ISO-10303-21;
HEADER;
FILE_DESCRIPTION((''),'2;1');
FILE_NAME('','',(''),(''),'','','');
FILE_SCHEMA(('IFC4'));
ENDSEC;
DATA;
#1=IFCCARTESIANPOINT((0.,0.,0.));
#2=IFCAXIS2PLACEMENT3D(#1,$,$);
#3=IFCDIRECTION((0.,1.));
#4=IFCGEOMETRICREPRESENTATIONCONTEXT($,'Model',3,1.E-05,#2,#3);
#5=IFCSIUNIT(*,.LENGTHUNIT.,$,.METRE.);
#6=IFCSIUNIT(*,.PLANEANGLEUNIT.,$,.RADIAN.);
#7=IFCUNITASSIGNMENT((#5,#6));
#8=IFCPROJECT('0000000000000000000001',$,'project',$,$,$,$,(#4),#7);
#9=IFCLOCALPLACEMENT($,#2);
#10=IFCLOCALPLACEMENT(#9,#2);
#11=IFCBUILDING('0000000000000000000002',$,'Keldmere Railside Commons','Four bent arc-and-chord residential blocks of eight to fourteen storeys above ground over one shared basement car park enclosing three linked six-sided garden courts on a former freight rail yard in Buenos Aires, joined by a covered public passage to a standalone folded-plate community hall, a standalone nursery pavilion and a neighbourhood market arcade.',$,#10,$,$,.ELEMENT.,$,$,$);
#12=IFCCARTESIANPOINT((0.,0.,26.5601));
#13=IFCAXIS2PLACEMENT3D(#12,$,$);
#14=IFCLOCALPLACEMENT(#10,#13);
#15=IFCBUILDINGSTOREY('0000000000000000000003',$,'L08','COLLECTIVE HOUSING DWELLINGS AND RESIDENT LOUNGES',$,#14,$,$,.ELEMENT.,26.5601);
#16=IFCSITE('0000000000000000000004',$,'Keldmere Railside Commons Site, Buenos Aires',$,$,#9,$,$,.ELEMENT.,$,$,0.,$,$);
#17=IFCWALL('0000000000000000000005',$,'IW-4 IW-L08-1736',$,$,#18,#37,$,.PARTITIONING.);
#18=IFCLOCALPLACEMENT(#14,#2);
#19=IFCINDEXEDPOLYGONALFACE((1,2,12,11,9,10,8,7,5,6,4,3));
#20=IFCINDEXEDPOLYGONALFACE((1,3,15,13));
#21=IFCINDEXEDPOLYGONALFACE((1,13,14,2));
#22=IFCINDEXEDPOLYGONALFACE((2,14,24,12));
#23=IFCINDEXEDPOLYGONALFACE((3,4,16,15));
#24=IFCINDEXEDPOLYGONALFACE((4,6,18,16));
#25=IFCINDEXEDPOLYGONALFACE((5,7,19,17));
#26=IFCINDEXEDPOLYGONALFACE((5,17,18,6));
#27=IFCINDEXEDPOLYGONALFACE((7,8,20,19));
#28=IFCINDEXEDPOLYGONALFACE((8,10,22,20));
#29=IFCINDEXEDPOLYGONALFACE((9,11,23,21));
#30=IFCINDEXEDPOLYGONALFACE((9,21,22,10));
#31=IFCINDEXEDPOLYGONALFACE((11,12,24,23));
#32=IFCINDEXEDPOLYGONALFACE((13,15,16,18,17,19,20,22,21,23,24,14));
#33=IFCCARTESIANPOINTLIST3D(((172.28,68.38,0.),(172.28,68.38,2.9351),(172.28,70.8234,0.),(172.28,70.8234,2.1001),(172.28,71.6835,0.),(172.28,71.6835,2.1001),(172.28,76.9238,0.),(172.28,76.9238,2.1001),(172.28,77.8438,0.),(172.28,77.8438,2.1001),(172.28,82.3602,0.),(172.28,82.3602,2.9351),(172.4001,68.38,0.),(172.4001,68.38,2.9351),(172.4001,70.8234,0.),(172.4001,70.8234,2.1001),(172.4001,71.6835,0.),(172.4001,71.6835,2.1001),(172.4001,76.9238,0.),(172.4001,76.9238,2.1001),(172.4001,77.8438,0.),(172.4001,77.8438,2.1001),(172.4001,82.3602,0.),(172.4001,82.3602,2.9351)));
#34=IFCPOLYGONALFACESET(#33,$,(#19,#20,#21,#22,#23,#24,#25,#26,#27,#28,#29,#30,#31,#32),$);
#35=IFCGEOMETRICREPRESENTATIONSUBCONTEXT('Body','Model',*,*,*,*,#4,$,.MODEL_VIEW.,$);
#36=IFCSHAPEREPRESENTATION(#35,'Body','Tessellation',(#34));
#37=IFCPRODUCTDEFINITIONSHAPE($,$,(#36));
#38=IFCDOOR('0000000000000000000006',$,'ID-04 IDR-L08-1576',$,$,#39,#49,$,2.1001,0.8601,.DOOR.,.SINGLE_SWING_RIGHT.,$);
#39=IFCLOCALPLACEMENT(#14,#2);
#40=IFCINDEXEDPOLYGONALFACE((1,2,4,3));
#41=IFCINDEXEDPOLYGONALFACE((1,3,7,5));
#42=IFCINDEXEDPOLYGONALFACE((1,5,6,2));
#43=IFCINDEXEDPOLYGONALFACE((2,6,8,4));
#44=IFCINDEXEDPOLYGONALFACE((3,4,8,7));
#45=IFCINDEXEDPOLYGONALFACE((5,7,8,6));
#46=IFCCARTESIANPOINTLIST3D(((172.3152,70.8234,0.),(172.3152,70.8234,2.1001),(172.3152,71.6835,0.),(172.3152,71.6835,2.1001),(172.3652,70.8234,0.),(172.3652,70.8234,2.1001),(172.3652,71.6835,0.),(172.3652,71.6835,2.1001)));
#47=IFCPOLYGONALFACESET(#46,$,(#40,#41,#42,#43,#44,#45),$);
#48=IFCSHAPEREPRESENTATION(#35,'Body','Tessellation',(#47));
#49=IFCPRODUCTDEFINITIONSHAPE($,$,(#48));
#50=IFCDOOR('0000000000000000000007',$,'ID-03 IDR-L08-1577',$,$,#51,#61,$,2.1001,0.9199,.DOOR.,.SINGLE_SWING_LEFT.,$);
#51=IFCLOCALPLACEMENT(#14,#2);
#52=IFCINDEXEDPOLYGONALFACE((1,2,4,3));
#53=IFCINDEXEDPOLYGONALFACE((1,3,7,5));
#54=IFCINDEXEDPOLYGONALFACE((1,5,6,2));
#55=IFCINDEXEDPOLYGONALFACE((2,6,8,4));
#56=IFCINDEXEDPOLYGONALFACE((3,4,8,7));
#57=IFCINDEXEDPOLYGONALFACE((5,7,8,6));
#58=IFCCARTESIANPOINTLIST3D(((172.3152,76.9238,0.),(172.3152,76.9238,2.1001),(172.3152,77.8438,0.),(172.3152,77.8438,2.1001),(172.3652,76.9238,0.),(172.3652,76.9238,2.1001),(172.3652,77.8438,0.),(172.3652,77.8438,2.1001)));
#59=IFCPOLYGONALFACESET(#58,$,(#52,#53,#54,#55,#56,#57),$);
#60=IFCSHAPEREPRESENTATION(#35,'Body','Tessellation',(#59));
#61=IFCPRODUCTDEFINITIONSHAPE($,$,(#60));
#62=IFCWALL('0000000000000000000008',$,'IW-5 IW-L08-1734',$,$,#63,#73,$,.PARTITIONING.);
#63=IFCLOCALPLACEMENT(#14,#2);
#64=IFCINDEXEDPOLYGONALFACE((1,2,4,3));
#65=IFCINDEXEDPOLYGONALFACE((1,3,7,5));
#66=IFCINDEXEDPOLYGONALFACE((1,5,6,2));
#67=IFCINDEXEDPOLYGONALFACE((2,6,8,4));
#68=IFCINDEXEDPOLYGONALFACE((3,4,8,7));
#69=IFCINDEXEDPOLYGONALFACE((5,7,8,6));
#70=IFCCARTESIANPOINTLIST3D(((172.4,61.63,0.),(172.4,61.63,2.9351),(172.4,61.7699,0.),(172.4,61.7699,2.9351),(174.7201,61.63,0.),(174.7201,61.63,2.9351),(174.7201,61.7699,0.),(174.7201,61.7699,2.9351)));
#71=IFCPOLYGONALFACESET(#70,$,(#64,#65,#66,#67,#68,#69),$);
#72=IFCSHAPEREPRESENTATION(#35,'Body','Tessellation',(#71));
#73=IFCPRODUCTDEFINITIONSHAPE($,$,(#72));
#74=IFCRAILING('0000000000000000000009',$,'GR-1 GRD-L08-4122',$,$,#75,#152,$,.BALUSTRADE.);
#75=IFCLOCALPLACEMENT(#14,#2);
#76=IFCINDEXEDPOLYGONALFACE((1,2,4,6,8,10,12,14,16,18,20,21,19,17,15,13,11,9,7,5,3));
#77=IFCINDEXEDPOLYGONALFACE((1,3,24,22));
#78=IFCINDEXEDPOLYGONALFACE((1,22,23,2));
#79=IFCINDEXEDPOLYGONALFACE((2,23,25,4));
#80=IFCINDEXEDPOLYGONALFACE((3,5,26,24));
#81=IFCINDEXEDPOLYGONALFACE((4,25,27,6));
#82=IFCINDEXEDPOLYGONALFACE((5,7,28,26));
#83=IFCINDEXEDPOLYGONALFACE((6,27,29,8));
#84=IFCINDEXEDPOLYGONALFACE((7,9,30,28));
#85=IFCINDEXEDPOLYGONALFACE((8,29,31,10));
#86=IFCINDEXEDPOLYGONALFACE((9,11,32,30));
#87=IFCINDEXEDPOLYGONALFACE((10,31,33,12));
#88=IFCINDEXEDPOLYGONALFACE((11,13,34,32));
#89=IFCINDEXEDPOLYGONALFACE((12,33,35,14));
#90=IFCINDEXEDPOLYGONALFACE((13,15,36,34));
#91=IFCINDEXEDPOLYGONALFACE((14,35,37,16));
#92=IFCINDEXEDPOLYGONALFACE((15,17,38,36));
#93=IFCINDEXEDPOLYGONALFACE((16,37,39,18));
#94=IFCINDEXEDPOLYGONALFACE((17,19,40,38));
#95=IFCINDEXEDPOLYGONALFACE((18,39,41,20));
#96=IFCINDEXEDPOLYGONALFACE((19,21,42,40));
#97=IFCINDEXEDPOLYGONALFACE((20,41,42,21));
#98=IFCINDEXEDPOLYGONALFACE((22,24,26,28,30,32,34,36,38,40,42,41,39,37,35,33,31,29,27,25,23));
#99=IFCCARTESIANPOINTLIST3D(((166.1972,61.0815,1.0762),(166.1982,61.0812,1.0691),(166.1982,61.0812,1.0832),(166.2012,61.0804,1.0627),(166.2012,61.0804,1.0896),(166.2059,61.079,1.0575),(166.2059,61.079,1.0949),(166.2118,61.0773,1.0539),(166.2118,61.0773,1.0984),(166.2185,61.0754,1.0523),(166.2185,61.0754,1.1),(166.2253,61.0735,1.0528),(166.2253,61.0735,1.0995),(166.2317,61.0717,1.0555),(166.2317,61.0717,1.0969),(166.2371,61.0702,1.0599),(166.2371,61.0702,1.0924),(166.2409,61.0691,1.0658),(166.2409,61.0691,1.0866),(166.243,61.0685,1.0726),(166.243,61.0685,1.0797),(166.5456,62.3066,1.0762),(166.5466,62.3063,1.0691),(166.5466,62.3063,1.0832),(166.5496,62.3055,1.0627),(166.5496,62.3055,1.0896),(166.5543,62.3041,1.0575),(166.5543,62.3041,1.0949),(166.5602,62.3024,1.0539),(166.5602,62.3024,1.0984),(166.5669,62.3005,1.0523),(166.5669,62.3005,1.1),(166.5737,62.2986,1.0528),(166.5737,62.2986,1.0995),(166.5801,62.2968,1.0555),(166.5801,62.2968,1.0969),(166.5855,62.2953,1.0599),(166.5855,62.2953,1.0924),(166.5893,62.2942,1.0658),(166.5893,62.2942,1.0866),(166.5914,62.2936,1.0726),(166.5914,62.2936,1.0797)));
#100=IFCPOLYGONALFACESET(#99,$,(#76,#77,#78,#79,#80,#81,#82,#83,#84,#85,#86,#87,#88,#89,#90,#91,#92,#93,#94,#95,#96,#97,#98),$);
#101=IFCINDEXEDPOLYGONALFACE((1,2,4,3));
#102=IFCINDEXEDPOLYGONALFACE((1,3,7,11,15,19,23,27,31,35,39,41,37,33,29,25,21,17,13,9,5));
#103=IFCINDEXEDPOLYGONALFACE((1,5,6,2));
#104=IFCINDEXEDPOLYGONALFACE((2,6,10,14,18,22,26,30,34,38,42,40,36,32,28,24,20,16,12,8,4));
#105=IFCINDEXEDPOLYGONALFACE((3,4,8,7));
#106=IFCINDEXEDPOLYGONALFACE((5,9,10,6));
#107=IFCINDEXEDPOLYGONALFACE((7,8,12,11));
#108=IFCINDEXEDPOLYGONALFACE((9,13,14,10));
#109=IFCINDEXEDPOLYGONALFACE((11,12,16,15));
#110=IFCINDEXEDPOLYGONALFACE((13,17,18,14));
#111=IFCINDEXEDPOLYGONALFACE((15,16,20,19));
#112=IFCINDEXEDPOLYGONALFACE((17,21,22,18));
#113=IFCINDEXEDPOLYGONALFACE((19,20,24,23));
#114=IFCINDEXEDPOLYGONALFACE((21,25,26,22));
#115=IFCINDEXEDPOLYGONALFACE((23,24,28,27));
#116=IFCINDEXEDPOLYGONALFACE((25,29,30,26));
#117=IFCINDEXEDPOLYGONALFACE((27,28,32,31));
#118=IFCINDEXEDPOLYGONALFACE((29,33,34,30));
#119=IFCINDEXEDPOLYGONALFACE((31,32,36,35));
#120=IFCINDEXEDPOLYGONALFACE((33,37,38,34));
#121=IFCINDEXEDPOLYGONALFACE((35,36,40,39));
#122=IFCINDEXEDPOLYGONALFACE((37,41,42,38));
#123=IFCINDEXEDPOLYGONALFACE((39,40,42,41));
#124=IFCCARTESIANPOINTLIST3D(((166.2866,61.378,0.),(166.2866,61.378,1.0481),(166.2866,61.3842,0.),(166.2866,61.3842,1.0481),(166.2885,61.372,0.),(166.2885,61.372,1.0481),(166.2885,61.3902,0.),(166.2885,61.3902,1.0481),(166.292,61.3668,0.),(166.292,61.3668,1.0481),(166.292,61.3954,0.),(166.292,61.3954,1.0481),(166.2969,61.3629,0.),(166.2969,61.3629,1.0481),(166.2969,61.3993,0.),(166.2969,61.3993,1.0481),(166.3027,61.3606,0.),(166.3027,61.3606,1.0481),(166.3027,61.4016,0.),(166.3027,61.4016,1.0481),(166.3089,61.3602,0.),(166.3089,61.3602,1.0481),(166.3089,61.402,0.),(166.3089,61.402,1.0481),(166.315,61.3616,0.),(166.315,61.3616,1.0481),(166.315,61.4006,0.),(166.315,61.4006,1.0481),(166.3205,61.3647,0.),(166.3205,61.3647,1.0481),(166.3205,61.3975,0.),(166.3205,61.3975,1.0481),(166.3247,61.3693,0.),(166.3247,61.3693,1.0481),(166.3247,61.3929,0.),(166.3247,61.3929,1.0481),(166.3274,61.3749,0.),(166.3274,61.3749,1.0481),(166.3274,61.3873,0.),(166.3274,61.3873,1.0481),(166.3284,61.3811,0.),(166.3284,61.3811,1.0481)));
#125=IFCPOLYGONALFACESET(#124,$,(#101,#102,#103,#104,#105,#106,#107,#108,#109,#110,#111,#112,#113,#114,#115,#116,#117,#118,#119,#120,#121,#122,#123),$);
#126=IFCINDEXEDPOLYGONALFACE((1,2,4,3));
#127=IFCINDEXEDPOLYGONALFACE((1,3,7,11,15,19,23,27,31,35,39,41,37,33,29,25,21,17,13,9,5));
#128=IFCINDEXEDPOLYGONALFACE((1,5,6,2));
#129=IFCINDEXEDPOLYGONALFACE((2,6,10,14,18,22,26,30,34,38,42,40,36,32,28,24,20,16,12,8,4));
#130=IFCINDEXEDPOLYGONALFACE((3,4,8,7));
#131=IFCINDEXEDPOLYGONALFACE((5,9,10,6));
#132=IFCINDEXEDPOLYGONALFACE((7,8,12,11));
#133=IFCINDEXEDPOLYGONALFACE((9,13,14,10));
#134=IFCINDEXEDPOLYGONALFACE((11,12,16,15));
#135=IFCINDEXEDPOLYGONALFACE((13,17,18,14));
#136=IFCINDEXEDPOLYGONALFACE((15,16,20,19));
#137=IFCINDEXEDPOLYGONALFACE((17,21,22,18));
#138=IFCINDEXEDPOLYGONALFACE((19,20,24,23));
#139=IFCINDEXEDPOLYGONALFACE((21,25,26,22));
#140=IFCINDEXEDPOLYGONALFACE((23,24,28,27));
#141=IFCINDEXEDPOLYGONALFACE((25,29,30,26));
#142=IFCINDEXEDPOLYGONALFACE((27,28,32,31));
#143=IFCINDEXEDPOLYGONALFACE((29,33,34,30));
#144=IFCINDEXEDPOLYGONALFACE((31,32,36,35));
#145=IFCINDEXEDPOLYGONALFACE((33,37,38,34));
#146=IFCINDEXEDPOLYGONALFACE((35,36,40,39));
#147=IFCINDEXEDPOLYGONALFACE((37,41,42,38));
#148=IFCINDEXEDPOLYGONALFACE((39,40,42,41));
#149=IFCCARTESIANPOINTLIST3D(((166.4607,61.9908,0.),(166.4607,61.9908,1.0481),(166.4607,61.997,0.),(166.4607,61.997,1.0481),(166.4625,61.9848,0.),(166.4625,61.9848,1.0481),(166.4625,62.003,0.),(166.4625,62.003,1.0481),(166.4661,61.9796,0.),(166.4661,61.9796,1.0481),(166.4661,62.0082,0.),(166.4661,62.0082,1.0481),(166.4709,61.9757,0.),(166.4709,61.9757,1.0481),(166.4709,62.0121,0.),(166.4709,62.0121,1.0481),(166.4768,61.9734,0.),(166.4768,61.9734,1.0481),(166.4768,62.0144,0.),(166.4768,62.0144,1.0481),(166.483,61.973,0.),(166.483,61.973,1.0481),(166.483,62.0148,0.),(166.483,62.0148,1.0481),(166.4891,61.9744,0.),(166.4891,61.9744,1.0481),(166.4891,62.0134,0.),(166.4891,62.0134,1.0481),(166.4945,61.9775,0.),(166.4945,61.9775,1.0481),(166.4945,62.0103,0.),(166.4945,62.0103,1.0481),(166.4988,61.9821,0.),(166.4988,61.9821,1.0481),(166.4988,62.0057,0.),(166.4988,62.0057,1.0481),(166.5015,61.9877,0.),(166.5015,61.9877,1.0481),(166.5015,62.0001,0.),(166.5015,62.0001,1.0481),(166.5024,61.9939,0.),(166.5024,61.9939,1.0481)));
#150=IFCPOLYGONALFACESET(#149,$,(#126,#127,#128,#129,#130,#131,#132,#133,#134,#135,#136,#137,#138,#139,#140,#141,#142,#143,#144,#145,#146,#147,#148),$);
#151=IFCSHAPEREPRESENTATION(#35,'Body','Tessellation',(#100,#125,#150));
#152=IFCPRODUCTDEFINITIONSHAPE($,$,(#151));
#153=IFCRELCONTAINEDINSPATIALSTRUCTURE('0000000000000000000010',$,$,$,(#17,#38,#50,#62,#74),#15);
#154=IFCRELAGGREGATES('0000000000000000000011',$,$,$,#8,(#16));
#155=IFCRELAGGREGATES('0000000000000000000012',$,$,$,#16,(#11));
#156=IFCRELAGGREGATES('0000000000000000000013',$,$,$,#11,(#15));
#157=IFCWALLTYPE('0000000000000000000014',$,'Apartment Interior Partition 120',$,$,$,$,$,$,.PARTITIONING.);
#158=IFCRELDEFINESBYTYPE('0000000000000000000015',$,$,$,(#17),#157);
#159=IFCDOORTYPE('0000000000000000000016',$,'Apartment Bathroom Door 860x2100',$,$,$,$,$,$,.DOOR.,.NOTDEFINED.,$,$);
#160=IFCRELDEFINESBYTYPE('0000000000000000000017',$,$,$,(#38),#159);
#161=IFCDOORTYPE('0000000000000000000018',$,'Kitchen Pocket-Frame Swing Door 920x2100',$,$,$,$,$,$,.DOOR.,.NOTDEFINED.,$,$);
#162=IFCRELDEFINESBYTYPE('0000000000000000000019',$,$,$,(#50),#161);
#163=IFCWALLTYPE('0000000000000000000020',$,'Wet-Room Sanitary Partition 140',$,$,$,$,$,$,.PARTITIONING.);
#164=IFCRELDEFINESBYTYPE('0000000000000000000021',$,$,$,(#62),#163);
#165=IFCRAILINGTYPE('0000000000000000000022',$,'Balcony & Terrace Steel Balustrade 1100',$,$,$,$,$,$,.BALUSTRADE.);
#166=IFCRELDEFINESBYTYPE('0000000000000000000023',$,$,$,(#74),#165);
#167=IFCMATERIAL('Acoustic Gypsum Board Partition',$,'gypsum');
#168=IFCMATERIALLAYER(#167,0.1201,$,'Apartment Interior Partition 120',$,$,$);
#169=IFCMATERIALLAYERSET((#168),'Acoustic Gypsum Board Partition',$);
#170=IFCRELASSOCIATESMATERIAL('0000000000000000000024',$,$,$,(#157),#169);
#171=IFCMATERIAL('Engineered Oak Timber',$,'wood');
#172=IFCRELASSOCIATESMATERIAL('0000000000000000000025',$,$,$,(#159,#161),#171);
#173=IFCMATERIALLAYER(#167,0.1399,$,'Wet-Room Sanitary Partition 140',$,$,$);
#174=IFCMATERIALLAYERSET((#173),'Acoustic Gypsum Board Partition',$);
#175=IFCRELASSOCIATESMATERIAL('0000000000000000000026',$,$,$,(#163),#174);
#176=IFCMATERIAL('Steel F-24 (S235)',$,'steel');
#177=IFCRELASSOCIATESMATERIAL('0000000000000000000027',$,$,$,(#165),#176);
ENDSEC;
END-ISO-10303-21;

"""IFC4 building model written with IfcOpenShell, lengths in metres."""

from ifc_helpers import new_model, si_unit, direction, frame, frame_2d, origin, origin_2d, place, context, subcontext, project, spatial, rectangle, circle, extrude, material, layer, layer_set, type_object, element, fill, save


model = new_model("IFC4")

# Units and contexts
model_context = context("Model", 3, precision=1e-05, world=origin(), true_north=direction((0.0, 1.0)))
body_context = subcontext(model_context, "Body", "Model", "MODEL_VIEW")
ifc_project = project(units=[si_unit("LENGTHUNIT", "METRE"), si_unit("PLANEANGLEUNIT", "RADIAN")], contexts=[model_context])

# Site, building, storey
site_placement = place(None, origin())
site = spatial("IfcSite", under=ifc_project, at=site_placement, Name="Keldmere Railside Commons Site, Buenos Aires", CompositionType="ELEMENT", RefElevation=0.0)
building_placement = place(site_placement, origin())
building = spatial("IfcBuilding", under=site, at=building_placement, Name="Keldmere Railside Commons", Description="Four bent arc-and-chord residential blocks of eight to fourteen storeys above ground over one shared basement car park enclosing three linked six-sided garden courts on a former freight rail yard in Buenos Aires, joined by a covered public passage to a standalone folded-plate community hall, a standalone nursery pavilion and a neighbourhood market arcade.", CompositionType="ELEMENT")
storey_placement = place(building_placement, frame((0.0, 0.0, 26.5601)))
storey = spatial("IfcBuildingStorey", under=building, at=storey_placement, Name="L08", Description="COLLECTIVE HOUSING DWELLINGS AND RESIDENT LOUNGES", CompositionType="ELEMENT", Elevation=26.5601)

# Shared definitions
ifc_material_1 = material(Name="Acoustic Gypsum Board Partition", Category="gypsum")

# Shared definitions
ifc_layer_1 = layer(ifc_material_1, 0.1201, Name="Apartment Interior Partition 120")
ifc_layer_set_1 = layer_set([ifc_layer_1], Name="Acoustic Gypsum Board Partition")
wall_type_1 = type_object("IfcWallType", Name="Apartment Interior Partition 120", PredefinedType="PARTITIONING", material=ifc_layer_set_1)
ifc_material_2 = material(Name="Engineered Oak Timber", Category="wood")

# Wall, openings, doors
wall_1_placement = place(storey_placement, frame((172.3401, 68.3799, 0.0), z_axis=(0.0, 0.0, 1.0), x_axis=(0.0, 1.0, 0.0)))
wall_1 = element("IfcWall", 1, at=wall_1_placement, inside=storey, type_object=wall_type_1, Name="IW-4 IW-L08-1736", PredefinedType="PARTITIONING", context=body_context, shape_type="SweptSolid", body=[
    extrude(rectangle(XDim=13.9802, YDim=0.1201, at=frame_2d((6.9902, 0.0))), origin(), (0.0, 0.0, 1.0), 2.9351),
])
opening_1_placement = place(wall_1_placement, frame((2.4434, 0.0, 0.0)))
opening_1 = element("IfcOpeningElement", 2, at=opening_1_placement, cuts=wall_1, PredefinedType="OPENING", context=body_context, shape_type="SweptSolid", body=[
    extrude(rectangle(XDim=0.8601, YDim=2.1001, at=frame_2d((0.4302, 1.05))), frame((0.0, 0.0701, 0.0), z_axis=(0.0, -1.0, 0.0), x_axis=(1.0, 0.0, 0.0)), (0.0, 0.0, 1.0), 0.1401),
])
opening_2_placement = place(wall_1_placement, frame((8.5439, 0.0, 0.0)))
opening_2 = element("IfcOpeningElement", 3, at=opening_2_placement, cuts=wall_1, PredefinedType="OPENING", context=body_context, shape_type="SweptSolid", body=[
    extrude(rectangle(XDim=0.9199, YDim=2.1001, at=frame_2d((0.46, 1.05))), frame((0.0, 0.0701, 0.0), z_axis=(0.0, -1.0, 0.0), x_axis=(1.0, 0.0, 0.0)), (0.0, 0.0, 1.0), 0.1401),
])
door_type_1 = type_object("IfcDoorType", Name="Apartment Bathroom Door 860x2100", OperationType="NOTDEFINED", PredefinedType="DOOR", material=ifc_material_2)
door_1_placement = place(opening_1_placement, origin())
door_1 = element("IfcDoor", 4, at=door_1_placement, inside=storey, type_object=door_type_1, Name="ID-04 IDR-L08-1576", OperationType="SINGLE_SWING_RIGHT", OverallHeight=2.1001, OverallWidth=0.8601, PredefinedType="DOOR", context=body_context, shape_type="SweptSolid", body=[
    extrude(rectangle(XDim=0.8601, YDim=2.1001, at=frame_2d((0.4302, 1.05))), frame((0.0, 0.0249, 0.0), z_axis=(0.0, -1.0, 0.0), x_axis=(1.0, 0.0, 0.0)), (0.0, 0.0, 1.0), 0.05),
])
fill(opening_1, door_1)
door_type_2 = type_object("IfcDoorType", Name="Kitchen Pocket-Frame Swing Door 920x2100", OperationType="NOTDEFINED", PredefinedType="DOOR", material=ifc_material_2)
door_2_placement = place(opening_2_placement, origin())
door_2 = element("IfcDoor", 5, at=door_2_placement, inside=storey, type_object=door_type_2, Name="ID-03 IDR-L08-1577", OperationType="SINGLE_SWING_LEFT", OverallHeight=2.1001, OverallWidth=0.9199, PredefinedType="DOOR", context=body_context, shape_type="SweptSolid", body=[
    extrude(rectangle(XDim=0.9199, YDim=2.1001, at=frame_2d((0.46, 1.05))), frame((0.0, 0.0249, 0.0), z_axis=(0.0, -1.0, 0.0), x_axis=(1.0, 0.0, 0.0)), (0.0, 0.0, 1.0), 0.05),
])
fill(opening_2, door_2)

# Wall
ifc_layer_2 = layer(ifc_material_1, 0.1399, Name="Wet-Room Sanitary Partition 140")
ifc_layer_set_2 = layer_set([ifc_layer_2], Name="Acoustic Gypsum Board Partition")
wall_type_2 = type_object("IfcWallType", Name="Wet-Room Sanitary Partition 140", PredefinedType="PARTITIONING", material=ifc_layer_set_2)
wall_2_placement = place(storey_placement, frame((172.3999, 61.7, 0.0), z_axis=(0.0, 0.0, 1.0), x_axis=(1.0, 0.0, 0.0)))
element("IfcWall", 6, at=wall_2_placement, inside=storey, type_object=wall_type_2, Name="IW-5 IW-L08-1734", PredefinedType="PARTITIONING", context=body_context, shape_type="SweptSolid", body=[
    extrude(rectangle(XDim=2.3201, YDim=0.1399, at=frame_2d((1.1602, 0.0))), origin(), (0.0, 0.0, 1.0), 2.9351),
])

# Railing
ifc_material_3 = material(Name="Steel F-24 (S235)", Category="steel")
railing_type = type_object("IfcRailingType", Name="Balcony & Terrace Steel Balustrade 1100", PredefinedType="BALUSTRADE", material=ifc_material_3)
railing_1_placement = place(storey_placement, frame((166.2202, 61.075, 0.0)))
element("IfcRailing", 7, at=railing_1_placement, inside=storey, type_object=railing_type, Name="GR-1 GRD-L08-4122", PredefinedType="BALUSTRADE", context=body_context, shape_type="SweptSolid", body=[
    extrude(circle(Radius=0.0239, at=origin_2d()), frame((0.0, 0.0, 1.0762), z_axis=(0.273531, 0.961863, 0.0), x_axis=(-0.961863, 0.273531, 0.0)), (0.0, 0.0, 1.0), 1.2737),
    extrude(circle(Radius=0.021, at=origin_2d()), frame((0.0872, 0.3062, 0.0)), (0.0, 0.0, 1.0), 1.0481),
    extrude(circle(Radius=0.021, at=origin_2d()), frame((0.2612, 0.9189, 0.0)), (0.0, 0.0, 1.0), 1.0481),
])

save(model, "model.ifc")
